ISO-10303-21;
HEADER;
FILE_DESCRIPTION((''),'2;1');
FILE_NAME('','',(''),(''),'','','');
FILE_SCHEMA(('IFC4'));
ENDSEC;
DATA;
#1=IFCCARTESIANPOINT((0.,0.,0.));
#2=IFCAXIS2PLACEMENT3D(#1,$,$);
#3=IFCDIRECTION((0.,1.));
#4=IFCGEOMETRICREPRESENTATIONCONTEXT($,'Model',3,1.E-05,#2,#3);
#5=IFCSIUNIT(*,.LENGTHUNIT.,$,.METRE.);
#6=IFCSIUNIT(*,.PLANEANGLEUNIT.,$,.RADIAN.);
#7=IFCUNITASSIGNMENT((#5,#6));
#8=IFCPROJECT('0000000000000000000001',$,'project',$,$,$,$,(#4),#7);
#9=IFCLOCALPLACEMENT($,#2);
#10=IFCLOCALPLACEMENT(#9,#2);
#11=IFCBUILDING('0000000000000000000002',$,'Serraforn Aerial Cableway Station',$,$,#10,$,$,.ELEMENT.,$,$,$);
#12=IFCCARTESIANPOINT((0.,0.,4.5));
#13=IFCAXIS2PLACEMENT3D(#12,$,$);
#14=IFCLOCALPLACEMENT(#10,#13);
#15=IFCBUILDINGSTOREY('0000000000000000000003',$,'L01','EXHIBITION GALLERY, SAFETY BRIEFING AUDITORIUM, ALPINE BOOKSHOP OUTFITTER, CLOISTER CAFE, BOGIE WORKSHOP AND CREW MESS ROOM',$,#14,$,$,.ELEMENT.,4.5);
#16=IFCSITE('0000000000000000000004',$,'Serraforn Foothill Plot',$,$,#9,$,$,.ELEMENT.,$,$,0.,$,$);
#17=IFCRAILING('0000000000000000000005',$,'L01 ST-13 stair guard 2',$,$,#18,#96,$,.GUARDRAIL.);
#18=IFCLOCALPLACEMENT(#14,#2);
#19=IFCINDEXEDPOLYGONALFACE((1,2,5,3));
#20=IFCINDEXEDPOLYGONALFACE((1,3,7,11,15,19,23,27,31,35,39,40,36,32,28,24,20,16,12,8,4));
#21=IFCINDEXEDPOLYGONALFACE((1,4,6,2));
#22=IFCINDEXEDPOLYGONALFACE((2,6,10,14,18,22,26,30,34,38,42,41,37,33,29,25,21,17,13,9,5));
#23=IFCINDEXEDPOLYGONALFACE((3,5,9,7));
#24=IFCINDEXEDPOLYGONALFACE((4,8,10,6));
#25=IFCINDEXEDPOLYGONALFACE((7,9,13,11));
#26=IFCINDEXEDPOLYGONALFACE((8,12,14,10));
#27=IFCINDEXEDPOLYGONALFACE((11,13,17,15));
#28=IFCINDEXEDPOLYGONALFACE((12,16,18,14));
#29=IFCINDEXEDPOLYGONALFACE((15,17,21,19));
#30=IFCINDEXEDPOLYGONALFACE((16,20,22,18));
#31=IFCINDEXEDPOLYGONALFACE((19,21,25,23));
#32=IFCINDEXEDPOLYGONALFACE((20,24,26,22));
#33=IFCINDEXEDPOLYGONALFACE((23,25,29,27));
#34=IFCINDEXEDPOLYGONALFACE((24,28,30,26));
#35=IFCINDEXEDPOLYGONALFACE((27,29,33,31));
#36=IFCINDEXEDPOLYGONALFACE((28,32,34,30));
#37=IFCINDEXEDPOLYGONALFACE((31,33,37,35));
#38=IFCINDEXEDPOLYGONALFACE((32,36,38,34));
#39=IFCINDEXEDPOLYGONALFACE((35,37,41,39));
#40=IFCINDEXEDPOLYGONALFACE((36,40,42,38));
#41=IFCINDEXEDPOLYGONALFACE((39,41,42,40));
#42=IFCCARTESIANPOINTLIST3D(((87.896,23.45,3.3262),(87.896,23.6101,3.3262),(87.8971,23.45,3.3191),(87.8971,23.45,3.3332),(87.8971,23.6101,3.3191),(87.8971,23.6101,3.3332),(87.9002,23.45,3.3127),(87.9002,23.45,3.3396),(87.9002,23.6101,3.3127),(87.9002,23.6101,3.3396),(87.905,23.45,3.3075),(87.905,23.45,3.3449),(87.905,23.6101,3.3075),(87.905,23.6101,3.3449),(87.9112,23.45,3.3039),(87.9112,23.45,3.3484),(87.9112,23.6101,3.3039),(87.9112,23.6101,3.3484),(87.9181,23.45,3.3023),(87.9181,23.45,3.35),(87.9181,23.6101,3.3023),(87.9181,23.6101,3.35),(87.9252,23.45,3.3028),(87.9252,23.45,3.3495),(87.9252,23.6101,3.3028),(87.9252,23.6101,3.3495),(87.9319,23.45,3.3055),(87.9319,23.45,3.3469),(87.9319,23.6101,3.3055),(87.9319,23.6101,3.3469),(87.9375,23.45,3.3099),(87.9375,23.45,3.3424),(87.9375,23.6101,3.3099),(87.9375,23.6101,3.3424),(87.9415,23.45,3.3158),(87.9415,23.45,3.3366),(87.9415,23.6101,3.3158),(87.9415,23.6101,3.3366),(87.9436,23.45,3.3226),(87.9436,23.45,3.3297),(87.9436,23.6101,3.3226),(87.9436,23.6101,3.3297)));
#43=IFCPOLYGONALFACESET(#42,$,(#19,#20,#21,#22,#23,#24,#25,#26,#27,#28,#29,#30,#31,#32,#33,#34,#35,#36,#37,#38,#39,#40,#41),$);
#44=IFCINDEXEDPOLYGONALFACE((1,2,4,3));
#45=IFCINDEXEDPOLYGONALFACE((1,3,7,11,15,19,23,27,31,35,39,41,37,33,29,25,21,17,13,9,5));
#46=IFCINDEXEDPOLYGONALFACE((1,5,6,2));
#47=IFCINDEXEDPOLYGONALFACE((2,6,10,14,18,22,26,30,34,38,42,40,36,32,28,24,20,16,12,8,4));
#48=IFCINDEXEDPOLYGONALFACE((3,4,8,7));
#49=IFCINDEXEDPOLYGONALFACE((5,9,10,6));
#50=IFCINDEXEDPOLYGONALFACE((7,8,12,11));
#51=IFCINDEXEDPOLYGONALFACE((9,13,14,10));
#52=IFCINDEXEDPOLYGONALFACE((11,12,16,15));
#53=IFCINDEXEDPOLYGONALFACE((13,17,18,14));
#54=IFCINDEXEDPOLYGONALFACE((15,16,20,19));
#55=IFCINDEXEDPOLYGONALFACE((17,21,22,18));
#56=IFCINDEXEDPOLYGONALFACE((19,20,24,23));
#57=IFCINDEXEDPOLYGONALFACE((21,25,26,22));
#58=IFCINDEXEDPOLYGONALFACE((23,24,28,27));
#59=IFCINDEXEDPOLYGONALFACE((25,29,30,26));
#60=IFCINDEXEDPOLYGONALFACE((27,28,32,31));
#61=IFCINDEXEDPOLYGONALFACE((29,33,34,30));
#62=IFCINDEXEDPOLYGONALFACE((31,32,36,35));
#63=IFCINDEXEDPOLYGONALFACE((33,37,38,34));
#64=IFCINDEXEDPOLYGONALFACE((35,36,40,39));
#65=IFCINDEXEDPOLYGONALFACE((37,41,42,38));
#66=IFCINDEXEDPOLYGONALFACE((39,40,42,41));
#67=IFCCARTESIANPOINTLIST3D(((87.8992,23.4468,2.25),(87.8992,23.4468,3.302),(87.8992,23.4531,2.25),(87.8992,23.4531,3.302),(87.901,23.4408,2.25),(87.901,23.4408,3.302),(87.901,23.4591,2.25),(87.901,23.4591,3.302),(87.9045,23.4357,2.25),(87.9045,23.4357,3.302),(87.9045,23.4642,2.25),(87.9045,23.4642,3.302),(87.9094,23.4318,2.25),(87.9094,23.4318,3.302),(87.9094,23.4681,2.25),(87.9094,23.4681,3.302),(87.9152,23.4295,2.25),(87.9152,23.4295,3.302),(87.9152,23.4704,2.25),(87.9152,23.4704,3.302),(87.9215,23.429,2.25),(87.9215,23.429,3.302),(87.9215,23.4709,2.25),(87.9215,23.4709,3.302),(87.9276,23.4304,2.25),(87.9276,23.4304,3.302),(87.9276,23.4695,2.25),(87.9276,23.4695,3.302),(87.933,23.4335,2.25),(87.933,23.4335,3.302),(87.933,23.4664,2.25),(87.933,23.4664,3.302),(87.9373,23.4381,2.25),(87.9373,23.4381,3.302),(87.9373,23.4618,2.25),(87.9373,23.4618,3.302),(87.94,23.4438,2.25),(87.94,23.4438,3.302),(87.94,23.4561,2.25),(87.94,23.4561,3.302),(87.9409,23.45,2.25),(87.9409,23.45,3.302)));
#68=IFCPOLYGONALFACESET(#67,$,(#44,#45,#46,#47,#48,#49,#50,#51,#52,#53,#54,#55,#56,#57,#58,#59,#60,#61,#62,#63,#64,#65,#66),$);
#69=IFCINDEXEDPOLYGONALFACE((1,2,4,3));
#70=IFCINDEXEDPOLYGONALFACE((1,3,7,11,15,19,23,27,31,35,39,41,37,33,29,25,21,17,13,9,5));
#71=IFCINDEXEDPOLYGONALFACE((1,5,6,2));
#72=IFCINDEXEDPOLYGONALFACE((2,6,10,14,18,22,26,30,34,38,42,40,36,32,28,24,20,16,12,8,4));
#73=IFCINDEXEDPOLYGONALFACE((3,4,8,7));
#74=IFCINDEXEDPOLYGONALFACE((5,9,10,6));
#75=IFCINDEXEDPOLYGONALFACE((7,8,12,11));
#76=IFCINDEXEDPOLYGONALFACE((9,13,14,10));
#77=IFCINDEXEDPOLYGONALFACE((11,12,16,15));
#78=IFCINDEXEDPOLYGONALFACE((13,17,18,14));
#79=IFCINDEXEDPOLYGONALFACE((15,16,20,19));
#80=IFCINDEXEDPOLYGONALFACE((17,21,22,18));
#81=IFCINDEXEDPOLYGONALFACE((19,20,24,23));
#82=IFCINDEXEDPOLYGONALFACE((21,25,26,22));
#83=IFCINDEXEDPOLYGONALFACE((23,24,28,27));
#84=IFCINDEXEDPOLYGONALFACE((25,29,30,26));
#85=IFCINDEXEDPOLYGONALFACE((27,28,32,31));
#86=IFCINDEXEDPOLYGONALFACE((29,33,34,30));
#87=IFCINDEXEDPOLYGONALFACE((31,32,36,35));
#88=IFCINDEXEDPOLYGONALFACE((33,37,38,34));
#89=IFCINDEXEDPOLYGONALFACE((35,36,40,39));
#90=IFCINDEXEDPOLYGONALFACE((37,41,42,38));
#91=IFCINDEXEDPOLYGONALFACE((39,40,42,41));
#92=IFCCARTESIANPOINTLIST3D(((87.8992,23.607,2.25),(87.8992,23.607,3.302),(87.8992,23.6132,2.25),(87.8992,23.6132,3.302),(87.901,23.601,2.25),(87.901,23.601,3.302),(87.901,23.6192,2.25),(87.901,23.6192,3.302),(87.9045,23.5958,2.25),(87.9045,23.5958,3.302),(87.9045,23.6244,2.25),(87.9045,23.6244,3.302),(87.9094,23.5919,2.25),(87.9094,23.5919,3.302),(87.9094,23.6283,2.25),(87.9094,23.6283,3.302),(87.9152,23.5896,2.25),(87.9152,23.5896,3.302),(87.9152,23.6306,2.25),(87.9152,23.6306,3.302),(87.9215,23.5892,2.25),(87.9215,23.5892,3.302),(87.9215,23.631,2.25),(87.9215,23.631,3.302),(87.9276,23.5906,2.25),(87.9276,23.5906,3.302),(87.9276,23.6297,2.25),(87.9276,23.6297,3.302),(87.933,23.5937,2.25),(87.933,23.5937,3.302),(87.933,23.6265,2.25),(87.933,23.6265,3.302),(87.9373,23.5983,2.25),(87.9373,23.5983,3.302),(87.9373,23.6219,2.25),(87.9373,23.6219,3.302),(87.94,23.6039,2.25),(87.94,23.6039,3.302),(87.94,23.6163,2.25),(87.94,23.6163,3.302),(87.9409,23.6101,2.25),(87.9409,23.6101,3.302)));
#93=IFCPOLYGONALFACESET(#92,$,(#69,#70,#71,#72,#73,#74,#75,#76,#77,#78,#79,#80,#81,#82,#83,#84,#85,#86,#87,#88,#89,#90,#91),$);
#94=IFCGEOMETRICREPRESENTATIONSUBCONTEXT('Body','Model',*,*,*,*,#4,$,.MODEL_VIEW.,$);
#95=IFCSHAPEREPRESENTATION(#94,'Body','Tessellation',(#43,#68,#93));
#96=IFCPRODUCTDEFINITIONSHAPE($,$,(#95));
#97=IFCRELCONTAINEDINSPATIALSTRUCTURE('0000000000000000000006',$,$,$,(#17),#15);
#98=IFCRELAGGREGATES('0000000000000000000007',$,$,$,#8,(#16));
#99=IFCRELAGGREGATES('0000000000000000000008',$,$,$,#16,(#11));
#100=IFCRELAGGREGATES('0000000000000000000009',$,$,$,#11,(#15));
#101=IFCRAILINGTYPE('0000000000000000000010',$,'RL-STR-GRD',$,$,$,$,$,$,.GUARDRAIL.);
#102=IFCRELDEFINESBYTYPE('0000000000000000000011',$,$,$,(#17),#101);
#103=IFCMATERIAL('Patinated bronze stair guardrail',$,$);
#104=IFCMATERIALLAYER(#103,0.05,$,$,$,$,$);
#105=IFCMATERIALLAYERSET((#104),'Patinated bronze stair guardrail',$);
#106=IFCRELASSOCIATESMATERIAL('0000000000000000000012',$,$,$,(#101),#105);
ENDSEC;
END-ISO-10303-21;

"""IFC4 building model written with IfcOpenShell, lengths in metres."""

from ifc_helpers import new_model, si_unit, direction, frame, origin, origin_2d, place, context, subcontext, project, spatial, circle, extrude, material, layer, layer_set, type_object, element, save


model = new_model("IFC4")

# Units and contexts
model_context = context("Model", 3, precision=1e-05, world=origin(), true_north=direction((0.0, 1.0)))
body_context = subcontext(model_context, "Body", "Model", "MODEL_VIEW")
ifc_project = project(units=[si_unit("LENGTHUNIT", "METRE"), si_unit("PLANEANGLEUNIT", "RADIAN")], contexts=[model_context])

# Site, building, storey
site_placement = place(None, origin())
site = spatial("IfcSite", under=ifc_project, at=site_placement, Name="Serraforn Foothill Plot", CompositionType="ELEMENT", RefElevation=0.0)
building_placement = place(site_placement, origin())
building = spatial("IfcBuilding", under=site, at=building_placement, Name="Serraforn Aerial Cableway Station", CompositionType="ELEMENT")
storey_placement = place(building_placement, frame((0.0, 0.0, 4.5)))
storey = spatial("IfcBuildingStorey", under=building, at=storey_placement, Name="L01", Description="EXHIBITION GALLERY, SAFETY BRIEFING AUDITORIUM, ALPINE BOOKSHOP OUTFITTER, CLOISTER CAFE, BOGIE WORKSHOP AND CREW MESS ROOM", CompositionType="ELEMENT", Elevation=4.5)

# Railing
ifc_material_1 = material(Name="Patinated bronze stair guardrail")
ifc_layer_1 = layer(ifc_material_1, 0.05)
ifc_layer_set_1 = layer_set([ifc_layer_1], Name="Patinated bronze stair guardrail")
railing_type_1 = type_object("IfcRailingType", Name="RL-STR-GRD", PredefinedType="GUARDRAIL", material=ifc_layer_set_1)
railing_1_placement = place(storey_placement, frame((87.9199, 23.45, 2.25)))
element("IfcRailing", 1, at=railing_1_placement, inside=storey, type_object=railing_type_1, Name="L01 ST-13 stair guard 2", PredefinedType="GUARDRAIL", context=body_context, shape_type="SweptSolid", body=[
    extrude(circle(Radius=0.0239, at=origin_2d()), frame((0.0, 0.0, 1.0762), z_axis=(0.0, 1.0, 0.0), x_axis=(-1.0, 0.0, 0.0)), (0.0, 0.0, 1.0), 0.1602),
    extrude(circle(Radius=0.021, at=origin_2d()), origin(), (0.0, 0.0, 1.0), 1.052),
    extrude(circle(Radius=0.021, at=origin_2d()), frame((0.0, 0.1602, 0.0)), (0.0, 0.0, 1.0), 1.052),
])

save(model, "model.ifc")
